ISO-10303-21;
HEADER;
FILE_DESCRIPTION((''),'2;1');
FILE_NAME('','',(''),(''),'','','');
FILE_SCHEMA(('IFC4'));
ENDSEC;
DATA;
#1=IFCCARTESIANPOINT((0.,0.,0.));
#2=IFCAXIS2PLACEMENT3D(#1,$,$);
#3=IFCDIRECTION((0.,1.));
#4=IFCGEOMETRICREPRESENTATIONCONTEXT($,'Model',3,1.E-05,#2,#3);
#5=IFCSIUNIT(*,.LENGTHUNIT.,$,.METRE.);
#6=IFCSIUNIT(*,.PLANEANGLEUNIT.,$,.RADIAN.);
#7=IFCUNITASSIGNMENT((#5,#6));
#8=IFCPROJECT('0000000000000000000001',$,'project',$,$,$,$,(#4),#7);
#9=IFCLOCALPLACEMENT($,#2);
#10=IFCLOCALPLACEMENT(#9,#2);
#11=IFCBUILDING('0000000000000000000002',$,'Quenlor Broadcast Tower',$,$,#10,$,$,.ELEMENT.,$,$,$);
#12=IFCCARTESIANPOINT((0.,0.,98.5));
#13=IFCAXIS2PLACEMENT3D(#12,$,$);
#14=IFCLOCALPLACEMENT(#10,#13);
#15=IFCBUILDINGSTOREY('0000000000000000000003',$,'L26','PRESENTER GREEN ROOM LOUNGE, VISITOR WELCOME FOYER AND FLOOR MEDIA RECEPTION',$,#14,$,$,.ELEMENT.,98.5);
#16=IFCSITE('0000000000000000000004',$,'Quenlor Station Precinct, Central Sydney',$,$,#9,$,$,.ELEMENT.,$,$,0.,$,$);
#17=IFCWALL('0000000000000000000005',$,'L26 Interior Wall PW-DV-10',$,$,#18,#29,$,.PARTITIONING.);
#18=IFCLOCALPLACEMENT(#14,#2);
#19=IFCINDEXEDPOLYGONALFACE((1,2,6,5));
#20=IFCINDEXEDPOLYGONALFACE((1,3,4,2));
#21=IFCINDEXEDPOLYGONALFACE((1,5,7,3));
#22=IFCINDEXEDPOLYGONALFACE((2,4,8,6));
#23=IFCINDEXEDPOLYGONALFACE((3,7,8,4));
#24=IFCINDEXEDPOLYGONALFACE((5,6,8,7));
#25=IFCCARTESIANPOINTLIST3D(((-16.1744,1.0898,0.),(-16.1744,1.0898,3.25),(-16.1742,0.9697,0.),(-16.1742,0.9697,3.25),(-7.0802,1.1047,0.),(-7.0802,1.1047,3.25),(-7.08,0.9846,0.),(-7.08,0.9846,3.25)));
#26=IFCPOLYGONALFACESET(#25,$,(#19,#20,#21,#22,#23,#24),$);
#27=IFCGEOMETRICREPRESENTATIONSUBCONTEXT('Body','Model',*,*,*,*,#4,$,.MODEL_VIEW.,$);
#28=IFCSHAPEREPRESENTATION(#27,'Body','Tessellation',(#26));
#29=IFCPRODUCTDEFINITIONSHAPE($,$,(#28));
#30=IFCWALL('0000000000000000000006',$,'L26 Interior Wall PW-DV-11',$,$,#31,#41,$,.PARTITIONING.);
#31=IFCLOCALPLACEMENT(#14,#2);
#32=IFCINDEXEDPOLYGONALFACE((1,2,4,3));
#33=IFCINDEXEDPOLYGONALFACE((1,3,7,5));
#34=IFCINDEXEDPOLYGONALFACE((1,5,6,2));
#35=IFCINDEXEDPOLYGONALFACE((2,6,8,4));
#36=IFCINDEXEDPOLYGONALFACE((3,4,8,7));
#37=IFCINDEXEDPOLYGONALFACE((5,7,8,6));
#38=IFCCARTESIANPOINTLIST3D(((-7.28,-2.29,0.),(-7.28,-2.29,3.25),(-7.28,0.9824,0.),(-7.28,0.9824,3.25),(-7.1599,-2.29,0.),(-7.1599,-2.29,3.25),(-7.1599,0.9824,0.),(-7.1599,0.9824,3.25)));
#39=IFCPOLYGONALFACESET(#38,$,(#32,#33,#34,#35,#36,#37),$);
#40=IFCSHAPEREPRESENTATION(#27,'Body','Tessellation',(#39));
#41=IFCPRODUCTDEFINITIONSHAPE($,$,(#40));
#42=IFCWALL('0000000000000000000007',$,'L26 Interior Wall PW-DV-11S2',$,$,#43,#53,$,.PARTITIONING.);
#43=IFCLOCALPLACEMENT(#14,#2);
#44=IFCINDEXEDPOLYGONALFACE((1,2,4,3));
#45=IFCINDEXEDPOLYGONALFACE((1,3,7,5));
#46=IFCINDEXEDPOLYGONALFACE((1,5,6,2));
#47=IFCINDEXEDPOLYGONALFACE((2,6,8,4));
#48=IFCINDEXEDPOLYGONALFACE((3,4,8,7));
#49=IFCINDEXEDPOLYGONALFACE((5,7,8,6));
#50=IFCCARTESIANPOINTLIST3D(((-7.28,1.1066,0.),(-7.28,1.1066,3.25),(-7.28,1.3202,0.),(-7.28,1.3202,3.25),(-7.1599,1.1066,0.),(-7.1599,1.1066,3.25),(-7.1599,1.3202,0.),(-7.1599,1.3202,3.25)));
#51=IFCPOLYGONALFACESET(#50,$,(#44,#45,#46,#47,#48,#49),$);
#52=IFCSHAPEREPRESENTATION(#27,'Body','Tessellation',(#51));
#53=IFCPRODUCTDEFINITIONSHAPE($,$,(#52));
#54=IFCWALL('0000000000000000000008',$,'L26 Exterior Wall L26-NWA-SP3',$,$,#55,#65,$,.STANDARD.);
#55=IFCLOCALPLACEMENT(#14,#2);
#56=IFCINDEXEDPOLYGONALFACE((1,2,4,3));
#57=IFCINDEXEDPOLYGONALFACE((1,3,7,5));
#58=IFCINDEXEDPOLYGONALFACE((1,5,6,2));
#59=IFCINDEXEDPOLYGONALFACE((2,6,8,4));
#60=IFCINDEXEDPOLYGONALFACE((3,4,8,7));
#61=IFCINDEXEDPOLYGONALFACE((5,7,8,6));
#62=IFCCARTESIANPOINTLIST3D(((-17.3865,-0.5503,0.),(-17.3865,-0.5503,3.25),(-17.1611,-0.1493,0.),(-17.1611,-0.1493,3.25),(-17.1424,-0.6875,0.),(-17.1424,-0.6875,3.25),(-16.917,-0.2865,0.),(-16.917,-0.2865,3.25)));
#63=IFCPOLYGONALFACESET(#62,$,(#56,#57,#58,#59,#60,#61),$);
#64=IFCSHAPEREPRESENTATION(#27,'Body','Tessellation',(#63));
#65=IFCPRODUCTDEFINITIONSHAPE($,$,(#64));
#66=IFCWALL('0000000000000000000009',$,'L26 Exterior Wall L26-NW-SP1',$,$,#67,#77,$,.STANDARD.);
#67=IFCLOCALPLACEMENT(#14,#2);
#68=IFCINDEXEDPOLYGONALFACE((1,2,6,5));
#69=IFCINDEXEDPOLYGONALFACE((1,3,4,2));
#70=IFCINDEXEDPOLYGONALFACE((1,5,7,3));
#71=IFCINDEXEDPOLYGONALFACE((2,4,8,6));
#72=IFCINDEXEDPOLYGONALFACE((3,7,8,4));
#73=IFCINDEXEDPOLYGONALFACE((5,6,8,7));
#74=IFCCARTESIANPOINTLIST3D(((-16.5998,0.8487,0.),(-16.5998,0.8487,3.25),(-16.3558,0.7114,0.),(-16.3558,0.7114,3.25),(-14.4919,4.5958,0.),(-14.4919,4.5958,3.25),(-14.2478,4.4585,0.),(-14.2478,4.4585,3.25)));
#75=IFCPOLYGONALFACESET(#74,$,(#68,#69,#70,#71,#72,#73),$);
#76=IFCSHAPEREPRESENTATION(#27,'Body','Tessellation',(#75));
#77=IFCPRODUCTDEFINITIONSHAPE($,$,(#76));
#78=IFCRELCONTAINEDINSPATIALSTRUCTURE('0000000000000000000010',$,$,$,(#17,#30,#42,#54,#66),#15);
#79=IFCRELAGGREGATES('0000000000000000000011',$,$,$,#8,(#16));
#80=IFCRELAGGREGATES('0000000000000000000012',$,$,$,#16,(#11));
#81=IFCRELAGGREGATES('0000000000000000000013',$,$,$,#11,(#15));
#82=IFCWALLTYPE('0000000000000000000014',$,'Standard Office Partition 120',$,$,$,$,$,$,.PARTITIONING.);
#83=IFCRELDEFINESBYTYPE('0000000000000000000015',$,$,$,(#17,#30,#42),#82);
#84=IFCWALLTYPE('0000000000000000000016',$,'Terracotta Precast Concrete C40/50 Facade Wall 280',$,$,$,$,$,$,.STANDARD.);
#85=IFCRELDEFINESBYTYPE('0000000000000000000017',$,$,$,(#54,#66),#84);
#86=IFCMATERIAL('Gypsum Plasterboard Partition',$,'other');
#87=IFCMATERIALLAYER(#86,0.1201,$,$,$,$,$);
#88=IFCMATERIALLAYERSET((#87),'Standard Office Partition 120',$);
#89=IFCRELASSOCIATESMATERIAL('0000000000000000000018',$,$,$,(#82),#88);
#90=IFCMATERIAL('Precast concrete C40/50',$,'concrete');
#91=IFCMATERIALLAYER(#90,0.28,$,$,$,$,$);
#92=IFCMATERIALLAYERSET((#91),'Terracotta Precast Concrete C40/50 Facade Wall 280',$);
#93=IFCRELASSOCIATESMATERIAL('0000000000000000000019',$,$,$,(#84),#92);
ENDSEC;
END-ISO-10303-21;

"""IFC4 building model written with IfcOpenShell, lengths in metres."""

from ifc_helpers import new_model, si_unit, direction, frame, frame_2d, origin, place, context, subcontext, project, spatial, rectangle, extrude, material, layer, layer_set, type_object, element, save


model = new_model("IFC4")

# Units and contexts
model_context = context("Model", 3, precision=1e-05, world=origin(), true_north=direction((0.0, 1.0)))
body_context = subcontext(model_context, "Body", "Model", "MODEL_VIEW")
ifc_project = project(units=[si_unit("LENGTHUNIT", "METRE"), si_unit("PLANEANGLEUNIT", "RADIAN")], contexts=[model_context])

# Site, building, storey
site_placement = place(None, origin())
site = spatial("IfcSite", under=ifc_project, at=site_placement, Name="Quenlor Station Precinct, Central Sydney", CompositionType="ELEMENT", RefElevation=0.0)
building_placement = place(site_placement, origin())
building = spatial("IfcBuilding", under=site, at=building_placement, Name="Quenlor Broadcast Tower", CompositionType="ELEMENT")
storey_placement = place(building_placement, frame((0.0, 0.0, 98.5)))
storey = spatial("IfcBuildingStorey", under=building, at=storey_placement, Name="L26", Description="PRESENTER GREEN ROOM LOUNGE, VISITOR WELCOME FOYER AND FLOOR MEDIA RECEPTION", CompositionType="ELEMENT", Elevation=98.5)

# Walls
ifc_material_1 = material(Name="Gypsum Plasterboard Partition", Category="other")
ifc_layer_1 = layer(ifc_material_1, 0.1201)
ifc_layer_set_1 = layer_set([ifc_layer_1], Name="Standard Office Partition 120")
wall_type_1 = type_object("IfcWallType", Name="Standard Office Partition 120", PredefinedType="PARTITIONING", material=ifc_layer_set_1)
wall_1_placement = place(storey_placement, frame((-7.0801, 1.0447, 0.0), z_axis=(0.0, 0.0, 1.0), x_axis=(-0.999999, -0.001638, 0.0)))
element("IfcWall", 1, at=wall_1_placement, inside=storey, type_object=wall_type_1, Name="L26 Interior Wall PW-DV-10", PredefinedType="PARTITIONING", context=body_context, shape_type="SweptSolid", body=[
    extrude(rectangle(XDim=9.0942, YDim=0.1201, at=frame_2d((4.5471, 0.0))), origin(), (0.0, 0.0, 1.0), 3.25),
])
wall_2_placement = place(storey_placement, frame((-7.22, -2.29, 0.0), z_axis=(0.0, 0.0, 1.0), x_axis=(0.0, 1.0, 0.0)))
element("IfcWall", 2, at=wall_2_placement, inside=storey, type_object=wall_type_1, Name="L26 Interior Wall PW-DV-11", PredefinedType="PARTITIONING", context=body_context, shape_type="SweptSolid", body=[
    extrude(rectangle(XDim=3.2725, YDim=0.1201, at=frame_2d((1.6362, 0.0))), origin(), (0.0, 0.0, 1.0), 3.25),
])
wall_3_placement = place(storey_placement, frame((-7.22, 1.1064, 0.0), z_axis=(0.0, 0.0, 1.0), x_axis=(0.0, 1.0, 0.0)))
element("IfcWall", 3, at=wall_3_placement, inside=storey, type_object=wall_type_1, Name="L26 Interior Wall PW-DV-11S2", PredefinedType="PARTITIONING", context=body_context, shape_type="SweptSolid", body=[
    extrude(rectangle(XDim=0.2136, YDim=0.1201, at=frame_2d((0.1069, 0.0))), origin(), (0.0, 0.0, 1.0), 3.25),
])
ifc_material_2 = material(Name="Precast concrete C40/50", Category="concrete")
ifc_layer_2 = layer(ifc_material_2, 0.28)
ifc_layer_set_2 = layer_set([ifc_layer_2], Name="Terracotta Precast Concrete C40/50 Facade Wall 280")
wall_type_2 = type_object("IfcWallType", Name="Terracotta Precast Concrete C40/50 Facade Wall 280", PredefinedType="STANDARD", material=ifc_layer_set_2)
wall_4_placement = place(storey_placement, frame((-17.2644, -0.6189, 0.0), z_axis=(0.0, 0.0, 1.0), x_axis=(0.490009, 0.871717, 0.0)))
element("IfcWall", 4, at=wall_4_placement, inside=storey, type_object=wall_type_2, Name="L26 Exterior Wall L26-NWA-SP3", PredefinedType="STANDARD", context=body_context, shape_type="SweptSolid", body=[
    extrude(rectangle(XDim=0.46, YDim=0.28, at=frame_2d((0.23, 0.0))), origin(), (0.0, 0.0, 1.0), 3.25),
])
wall_5_placement = place(storey_placement, frame((-16.4778, 0.78, 0.0), z_axis=(0.0, 0.0, 1.0), x_axis=(0.490294, 0.871557, 0.0)))
element("IfcWall", 5, at=wall_5_placement, inside=storey, type_object=wall_type_2, Name="L26 Exterior Wall L26-NW-SP1", PredefinedType="STANDARD", context=body_context, shape_type="SweptSolid", body=[
    extrude(rectangle(XDim=4.2993, YDim=0.28, at=frame_2d((2.1497, 0.0))), origin(), (0.0, 0.0, 1.0), 3.25),
])

save(model, "model.ifc")
